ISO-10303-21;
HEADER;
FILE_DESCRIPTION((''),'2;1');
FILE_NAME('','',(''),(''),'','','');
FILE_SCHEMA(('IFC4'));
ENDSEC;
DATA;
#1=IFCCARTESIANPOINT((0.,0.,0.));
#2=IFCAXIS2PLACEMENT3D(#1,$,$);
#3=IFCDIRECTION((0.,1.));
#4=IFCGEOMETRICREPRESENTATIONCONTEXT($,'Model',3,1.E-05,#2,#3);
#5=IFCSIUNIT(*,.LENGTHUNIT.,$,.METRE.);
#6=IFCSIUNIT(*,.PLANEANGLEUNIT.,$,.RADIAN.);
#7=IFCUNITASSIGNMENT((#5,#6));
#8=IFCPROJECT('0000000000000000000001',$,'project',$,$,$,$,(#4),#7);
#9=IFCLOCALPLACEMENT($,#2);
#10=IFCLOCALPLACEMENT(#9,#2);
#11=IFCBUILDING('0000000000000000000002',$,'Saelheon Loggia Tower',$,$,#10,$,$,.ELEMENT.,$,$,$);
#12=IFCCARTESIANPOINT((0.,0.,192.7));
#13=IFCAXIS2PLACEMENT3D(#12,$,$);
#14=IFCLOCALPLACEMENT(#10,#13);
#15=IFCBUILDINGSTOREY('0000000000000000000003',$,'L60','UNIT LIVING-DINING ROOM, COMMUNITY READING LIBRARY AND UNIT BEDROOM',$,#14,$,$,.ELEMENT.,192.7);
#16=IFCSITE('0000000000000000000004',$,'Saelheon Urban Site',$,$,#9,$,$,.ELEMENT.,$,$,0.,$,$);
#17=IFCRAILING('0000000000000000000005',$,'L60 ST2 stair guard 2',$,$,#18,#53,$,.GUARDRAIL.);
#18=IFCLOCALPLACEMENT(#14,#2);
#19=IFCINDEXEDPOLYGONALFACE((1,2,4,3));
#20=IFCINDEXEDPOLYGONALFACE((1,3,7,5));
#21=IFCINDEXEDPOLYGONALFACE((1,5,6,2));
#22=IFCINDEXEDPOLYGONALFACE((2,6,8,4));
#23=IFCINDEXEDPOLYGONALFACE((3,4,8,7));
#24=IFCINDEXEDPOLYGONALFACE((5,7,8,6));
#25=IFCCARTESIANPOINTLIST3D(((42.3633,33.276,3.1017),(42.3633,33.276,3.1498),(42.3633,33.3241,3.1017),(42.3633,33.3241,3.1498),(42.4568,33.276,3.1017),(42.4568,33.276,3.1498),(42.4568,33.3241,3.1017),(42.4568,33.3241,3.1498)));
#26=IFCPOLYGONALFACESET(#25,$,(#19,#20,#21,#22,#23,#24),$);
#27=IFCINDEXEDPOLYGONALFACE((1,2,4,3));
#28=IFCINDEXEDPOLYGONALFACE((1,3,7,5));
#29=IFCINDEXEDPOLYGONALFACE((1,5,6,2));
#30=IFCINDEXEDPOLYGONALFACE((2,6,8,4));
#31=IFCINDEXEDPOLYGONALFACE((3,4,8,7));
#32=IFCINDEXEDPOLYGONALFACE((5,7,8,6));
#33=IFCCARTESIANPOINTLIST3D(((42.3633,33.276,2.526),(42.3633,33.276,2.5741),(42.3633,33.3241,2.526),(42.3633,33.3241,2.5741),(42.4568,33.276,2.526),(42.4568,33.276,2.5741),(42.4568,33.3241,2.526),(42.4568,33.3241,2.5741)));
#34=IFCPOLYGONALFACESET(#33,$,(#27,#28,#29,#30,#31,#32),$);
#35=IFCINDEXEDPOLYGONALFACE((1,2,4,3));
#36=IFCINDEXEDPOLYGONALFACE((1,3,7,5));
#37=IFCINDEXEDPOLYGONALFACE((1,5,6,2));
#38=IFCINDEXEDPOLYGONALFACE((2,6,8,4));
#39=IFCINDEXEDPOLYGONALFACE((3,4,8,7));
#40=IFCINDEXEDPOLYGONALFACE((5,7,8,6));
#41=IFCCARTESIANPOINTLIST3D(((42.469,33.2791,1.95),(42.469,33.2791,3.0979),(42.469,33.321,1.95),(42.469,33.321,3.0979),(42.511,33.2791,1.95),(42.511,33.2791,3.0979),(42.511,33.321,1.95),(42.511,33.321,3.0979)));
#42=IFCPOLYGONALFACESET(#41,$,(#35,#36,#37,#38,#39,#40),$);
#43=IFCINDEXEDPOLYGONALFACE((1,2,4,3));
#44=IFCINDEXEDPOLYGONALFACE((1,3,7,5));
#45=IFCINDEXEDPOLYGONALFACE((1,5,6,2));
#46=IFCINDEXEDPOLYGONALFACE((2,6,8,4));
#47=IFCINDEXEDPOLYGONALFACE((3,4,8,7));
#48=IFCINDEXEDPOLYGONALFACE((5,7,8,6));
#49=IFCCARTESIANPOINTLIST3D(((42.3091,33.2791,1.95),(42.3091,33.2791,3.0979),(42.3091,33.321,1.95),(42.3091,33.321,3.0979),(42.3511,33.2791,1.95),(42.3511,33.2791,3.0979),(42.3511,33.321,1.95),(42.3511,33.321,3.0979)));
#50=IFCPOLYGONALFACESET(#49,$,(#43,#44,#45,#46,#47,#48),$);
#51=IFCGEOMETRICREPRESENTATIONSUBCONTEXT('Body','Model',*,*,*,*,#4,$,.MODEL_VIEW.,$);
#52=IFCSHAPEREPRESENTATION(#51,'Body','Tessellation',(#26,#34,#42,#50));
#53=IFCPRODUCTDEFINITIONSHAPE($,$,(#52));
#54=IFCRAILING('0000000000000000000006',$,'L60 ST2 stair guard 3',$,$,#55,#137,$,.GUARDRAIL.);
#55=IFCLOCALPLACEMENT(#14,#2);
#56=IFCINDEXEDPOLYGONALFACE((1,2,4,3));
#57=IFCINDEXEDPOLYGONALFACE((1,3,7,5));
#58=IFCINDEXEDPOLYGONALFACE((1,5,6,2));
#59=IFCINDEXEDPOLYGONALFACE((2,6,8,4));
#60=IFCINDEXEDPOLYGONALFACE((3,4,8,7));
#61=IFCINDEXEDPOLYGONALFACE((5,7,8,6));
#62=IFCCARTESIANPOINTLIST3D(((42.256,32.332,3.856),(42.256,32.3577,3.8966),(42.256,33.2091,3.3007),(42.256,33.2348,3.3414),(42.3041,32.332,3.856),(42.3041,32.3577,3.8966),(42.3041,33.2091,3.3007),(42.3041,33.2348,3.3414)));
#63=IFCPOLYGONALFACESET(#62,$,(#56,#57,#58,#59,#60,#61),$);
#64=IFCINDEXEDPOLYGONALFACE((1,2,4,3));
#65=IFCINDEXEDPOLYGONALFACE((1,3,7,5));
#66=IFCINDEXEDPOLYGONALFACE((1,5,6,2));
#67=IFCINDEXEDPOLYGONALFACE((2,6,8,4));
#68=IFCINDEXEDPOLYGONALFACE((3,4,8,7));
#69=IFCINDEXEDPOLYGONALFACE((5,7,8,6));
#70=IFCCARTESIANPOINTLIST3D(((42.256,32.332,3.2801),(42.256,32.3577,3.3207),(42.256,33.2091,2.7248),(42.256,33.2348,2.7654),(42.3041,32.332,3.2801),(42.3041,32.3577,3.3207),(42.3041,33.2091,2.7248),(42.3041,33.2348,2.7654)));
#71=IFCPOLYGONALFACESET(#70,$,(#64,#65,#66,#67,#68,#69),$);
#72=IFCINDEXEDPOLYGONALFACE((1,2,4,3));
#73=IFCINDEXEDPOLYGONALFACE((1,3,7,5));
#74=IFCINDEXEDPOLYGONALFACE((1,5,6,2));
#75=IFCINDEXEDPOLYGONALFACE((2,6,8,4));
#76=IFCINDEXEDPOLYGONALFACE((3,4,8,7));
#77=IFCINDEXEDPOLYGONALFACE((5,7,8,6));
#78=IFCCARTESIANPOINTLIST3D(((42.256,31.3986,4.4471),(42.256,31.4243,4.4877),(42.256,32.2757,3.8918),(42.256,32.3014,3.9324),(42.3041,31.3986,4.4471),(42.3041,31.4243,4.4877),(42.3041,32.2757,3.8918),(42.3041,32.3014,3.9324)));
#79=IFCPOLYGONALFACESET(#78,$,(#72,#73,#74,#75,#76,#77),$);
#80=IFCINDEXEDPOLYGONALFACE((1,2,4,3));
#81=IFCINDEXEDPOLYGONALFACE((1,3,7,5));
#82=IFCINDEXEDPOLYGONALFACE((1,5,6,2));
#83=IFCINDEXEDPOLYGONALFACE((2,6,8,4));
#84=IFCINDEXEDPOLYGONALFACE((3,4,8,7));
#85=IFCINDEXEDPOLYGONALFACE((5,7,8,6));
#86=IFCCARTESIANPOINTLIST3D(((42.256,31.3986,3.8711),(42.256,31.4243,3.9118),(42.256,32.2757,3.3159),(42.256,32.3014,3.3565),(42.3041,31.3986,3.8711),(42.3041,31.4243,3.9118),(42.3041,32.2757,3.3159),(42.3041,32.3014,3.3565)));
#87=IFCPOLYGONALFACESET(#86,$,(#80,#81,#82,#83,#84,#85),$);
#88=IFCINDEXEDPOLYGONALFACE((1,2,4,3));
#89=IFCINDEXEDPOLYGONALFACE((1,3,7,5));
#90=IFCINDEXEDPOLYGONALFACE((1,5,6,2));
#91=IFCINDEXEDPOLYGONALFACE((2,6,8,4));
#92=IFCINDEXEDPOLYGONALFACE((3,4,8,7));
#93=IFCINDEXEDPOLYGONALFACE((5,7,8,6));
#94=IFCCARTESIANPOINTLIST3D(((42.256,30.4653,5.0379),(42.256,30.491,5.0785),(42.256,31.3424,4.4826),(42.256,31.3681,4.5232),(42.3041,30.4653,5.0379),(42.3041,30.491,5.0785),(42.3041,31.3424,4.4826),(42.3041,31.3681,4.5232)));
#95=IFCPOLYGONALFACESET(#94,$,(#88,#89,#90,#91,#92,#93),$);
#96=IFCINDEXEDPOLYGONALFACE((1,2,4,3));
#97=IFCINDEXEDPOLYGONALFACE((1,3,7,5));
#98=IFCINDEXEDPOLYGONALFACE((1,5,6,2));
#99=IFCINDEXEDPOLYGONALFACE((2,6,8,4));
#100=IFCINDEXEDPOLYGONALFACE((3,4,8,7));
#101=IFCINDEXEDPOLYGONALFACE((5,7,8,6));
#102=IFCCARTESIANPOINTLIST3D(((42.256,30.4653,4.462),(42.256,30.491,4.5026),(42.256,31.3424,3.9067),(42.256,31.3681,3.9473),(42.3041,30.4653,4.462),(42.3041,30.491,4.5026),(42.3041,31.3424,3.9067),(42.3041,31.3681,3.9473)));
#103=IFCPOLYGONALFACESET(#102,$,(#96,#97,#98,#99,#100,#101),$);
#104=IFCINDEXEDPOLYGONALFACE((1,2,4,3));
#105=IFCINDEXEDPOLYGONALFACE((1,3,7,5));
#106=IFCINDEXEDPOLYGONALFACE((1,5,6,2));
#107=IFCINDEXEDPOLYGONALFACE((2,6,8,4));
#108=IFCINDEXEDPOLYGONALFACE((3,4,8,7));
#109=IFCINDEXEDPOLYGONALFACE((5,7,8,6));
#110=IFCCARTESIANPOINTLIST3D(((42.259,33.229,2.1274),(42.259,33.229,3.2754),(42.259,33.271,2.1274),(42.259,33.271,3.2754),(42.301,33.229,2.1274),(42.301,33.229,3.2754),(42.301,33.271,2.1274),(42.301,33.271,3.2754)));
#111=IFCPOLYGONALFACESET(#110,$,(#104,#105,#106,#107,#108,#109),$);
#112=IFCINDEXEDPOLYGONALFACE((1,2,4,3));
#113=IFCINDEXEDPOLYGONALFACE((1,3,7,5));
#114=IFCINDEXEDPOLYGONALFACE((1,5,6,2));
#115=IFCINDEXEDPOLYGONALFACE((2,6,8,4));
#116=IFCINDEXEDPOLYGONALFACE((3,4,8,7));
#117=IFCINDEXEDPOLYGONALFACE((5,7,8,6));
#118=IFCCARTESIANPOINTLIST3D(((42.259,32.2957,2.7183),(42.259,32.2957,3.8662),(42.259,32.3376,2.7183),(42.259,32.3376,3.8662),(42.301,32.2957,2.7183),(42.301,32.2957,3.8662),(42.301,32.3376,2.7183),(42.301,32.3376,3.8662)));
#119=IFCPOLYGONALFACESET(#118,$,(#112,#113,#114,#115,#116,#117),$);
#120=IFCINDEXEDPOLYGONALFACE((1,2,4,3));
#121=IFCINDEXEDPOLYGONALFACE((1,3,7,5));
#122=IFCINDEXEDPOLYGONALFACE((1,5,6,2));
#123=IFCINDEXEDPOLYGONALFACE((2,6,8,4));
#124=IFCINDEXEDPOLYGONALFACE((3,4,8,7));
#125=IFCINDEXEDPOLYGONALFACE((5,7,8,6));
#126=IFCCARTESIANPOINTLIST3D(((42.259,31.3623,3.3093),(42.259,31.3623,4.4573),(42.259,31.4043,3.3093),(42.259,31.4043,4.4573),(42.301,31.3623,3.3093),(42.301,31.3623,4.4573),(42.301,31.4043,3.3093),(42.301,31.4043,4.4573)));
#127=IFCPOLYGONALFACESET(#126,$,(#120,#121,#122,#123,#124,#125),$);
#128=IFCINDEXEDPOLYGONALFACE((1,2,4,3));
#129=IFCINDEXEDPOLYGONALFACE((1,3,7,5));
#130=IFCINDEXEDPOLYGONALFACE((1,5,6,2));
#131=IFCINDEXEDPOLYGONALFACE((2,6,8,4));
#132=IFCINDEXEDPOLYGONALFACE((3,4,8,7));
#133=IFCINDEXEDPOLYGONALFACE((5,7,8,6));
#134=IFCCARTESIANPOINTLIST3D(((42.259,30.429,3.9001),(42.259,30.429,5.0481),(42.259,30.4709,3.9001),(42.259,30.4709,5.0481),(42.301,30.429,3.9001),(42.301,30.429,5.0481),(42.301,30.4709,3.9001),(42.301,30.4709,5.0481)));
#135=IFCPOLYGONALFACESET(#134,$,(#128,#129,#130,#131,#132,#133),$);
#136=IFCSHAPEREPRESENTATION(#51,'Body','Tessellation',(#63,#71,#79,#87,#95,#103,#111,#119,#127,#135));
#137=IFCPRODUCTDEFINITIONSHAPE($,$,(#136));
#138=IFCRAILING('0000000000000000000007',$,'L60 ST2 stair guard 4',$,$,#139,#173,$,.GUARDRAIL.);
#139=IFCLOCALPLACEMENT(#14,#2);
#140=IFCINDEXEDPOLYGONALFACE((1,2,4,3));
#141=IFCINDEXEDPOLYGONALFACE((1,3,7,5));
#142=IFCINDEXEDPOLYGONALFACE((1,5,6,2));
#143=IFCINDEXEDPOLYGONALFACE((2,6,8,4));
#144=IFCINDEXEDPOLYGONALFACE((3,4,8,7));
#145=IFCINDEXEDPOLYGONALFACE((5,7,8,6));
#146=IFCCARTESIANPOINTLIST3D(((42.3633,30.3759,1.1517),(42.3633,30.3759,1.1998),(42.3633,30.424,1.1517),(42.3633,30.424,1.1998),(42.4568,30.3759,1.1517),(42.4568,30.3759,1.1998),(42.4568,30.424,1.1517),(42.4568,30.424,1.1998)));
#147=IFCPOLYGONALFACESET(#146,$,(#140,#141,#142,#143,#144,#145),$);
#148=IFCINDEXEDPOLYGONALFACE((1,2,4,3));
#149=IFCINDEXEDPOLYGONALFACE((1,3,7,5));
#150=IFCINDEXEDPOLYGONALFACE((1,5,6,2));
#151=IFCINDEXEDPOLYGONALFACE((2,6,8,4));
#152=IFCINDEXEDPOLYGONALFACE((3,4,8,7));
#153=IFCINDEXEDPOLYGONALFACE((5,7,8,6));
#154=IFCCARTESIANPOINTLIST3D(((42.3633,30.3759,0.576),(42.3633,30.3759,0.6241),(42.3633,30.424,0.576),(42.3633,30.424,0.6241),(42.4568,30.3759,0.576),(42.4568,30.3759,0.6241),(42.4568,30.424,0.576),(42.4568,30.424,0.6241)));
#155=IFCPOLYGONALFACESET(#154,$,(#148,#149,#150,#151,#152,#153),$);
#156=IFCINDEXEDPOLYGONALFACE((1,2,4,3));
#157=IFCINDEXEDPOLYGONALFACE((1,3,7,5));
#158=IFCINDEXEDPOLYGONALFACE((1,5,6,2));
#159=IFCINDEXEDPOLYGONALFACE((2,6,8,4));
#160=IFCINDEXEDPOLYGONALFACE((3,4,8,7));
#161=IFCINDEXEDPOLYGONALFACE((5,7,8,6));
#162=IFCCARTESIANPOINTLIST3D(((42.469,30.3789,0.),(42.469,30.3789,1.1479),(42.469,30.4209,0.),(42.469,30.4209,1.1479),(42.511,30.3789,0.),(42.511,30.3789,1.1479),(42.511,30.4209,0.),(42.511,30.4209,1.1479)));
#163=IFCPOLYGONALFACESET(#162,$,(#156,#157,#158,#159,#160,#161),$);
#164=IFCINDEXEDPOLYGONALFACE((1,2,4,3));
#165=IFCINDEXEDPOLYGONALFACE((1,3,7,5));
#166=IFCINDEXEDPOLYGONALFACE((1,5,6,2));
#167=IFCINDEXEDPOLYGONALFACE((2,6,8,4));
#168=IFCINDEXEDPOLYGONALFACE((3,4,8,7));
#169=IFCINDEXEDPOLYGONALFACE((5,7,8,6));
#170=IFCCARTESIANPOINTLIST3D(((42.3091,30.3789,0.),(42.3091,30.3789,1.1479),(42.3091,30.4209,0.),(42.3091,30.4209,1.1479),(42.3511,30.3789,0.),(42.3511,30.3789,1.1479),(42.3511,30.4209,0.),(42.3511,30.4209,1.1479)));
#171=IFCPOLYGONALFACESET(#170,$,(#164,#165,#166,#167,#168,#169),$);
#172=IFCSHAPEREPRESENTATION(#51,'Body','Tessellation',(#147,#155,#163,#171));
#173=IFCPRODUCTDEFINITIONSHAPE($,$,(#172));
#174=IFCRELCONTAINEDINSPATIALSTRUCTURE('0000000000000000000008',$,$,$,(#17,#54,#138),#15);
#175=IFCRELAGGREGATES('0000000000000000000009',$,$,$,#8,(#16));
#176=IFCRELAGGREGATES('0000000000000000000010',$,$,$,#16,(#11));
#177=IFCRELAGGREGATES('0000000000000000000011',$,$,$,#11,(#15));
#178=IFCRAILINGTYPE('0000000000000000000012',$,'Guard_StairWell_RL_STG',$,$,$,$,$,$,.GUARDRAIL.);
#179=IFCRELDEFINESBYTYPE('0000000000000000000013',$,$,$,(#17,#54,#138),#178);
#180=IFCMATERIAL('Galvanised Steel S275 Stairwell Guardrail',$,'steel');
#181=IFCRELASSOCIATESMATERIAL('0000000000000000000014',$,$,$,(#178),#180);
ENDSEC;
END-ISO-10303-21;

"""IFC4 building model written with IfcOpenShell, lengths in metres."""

from ifc_helpers import new_model, si_unit, direction, frame, origin, origin_2d, place, context, subcontext, project, spatial, rectangle, extrude, material, type_object, element, save


model = new_model("IFC4")

# Units and contexts
model_context = context("Model", 3, precision=1e-05, world=origin(), true_north=direction((0.0, 1.0)))
body_context = subcontext(model_context, "Body", "Model", "MODEL_VIEW")
ifc_project = project(units=[si_unit("LENGTHUNIT", "METRE"), si_unit("PLANEANGLEUNIT", "RADIAN")], contexts=[model_context])

# Site, building, storey
site_placement = place(None, origin())
site = spatial("IfcSite", under=ifc_project, at=site_placement, Name="Saelheon Urban Site", CompositionType="ELEMENT", RefElevation=0.0)
building_placement = place(site_placement, origin())
building = spatial("IfcBuilding", under=site, at=building_placement, Name="Saelheon Loggia Tower", CompositionType="ELEMENT")
storey_placement = place(building_placement, frame((0.0, 0.0, 192.7)))
storey = spatial("IfcBuildingStorey", under=building, at=storey_placement, Name="L60", Description="UNIT LIVING-DINING ROOM, COMMUNITY READING LIBRARY AND UNIT BEDROOM", CompositionType="ELEMENT", Elevation=192.7)

# Railings
ifc_material_1 = material(Name="Galvanised Steel S275 Stairwell Guardrail", Category="steel")
railing_type_1 = type_object("IfcRailingType", Name="Guard_StairWell_RL_STG", PredefinedType="GUARDRAIL", material=ifc_material_1)
railing_1_placement = place(storey_placement, frame((42.49, 33.3, 1.95)))
element("IfcRailing", 1, at=railing_1_placement, inside=storey, type_object=railing_type_1, Name="L60 ST2 stair guard 2", PredefinedType="GUARDRAIL", context=body_context, shape_type="SweptSolid", body=[
    extrude(rectangle(XDim=0.0481, YDim=0.0481, at=origin_2d()), frame((-0.0332, 0.0, 1.1758), z_axis=(-1.0, 0.0, 0.0), x_axis=(0.0, -1.0, 0.0)), (0.0, 0.0, 1.0), 0.0935),
    extrude(rectangle(XDim=0.0481, YDim=0.0481, at=origin_2d()), frame((-0.0332, 0.0, 0.6001), z_axis=(-1.0, 0.0, 0.0), x_axis=(0.0, -1.0, 0.0)), (0.0, 0.0, 1.0), 0.0935),
    extrude(rectangle(XDim=0.042, YDim=0.042, at=origin_2d()), origin(), (0.0, 0.0, 1.0), 1.1479),
    extrude(rectangle(XDim=0.042, YDim=0.042, at=origin_2d()), frame((-0.1599, 0.0, 0.0)), (0.0, 0.0, 1.0), 1.1479),
])
railing_2_placement = place(storey_placement, frame((42.28, 33.25, 2.1274)))
element("IfcRailing", 2, at=railing_2_placement, inside=storey, type_object=railing_type_1, Name="L60 ST2 stair guard 3", PredefinedType="GUARDRAIL", context=body_context, shape_type="SweptSolid", body=[
    extrude(rectangle(XDim=0.0481, YDim=0.0481, at=origin_2d()), frame((0.0, -0.0281, 1.1936), z_axis=(0.0, -0.844909, 0.53491), x_axis=(1.0, 0.0, 0.0)), (0.0, 0.0, 1.0), 1.0381),
    extrude(rectangle(XDim=0.0481, YDim=0.0481, at=origin_2d()), frame((0.0, -0.0281, 0.6177), z_axis=(0.0, -0.844909, 0.53491), x_axis=(1.0, 0.0, 0.0)), (0.0, 0.0, 1.0), 1.0381),
    extrude(rectangle(XDim=0.0481, YDim=0.0481, at=origin_2d()), frame((0.0, -0.9614, 1.7847), z_axis=(0.0, -0.844909, 0.53491), x_axis=(1.0, 0.0, 0.0)), (0.0, 0.0, 1.0), 1.0381),
    extrude(rectangle(XDim=0.0481, YDim=0.0481, at=origin_2d()), frame((0.0, -0.9614, 1.2087), z_axis=(0.0, -0.844909, 0.53491), x_axis=(1.0, 0.0, 0.0)), (0.0, 0.0, 1.0), 1.0381),
    extrude(rectangle(XDim=0.0481, YDim=0.0481, at=origin_2d()), frame((0.0, -1.8948, 2.3755), z_axis=(0.0, -0.844909, 0.53491), x_axis=(1.0, 0.0, 0.0)), (0.0, 0.0, 1.0), 1.0381),
    extrude(rectangle(XDim=0.0481, YDim=0.0481, at=origin_2d()), frame((0.0, -1.8948, 1.7996), z_axis=(0.0, -0.844909, 0.53491), x_axis=(1.0, 0.0, 0.0)), (0.0, 0.0, 1.0), 1.0381),
    extrude(rectangle(XDim=0.042, YDim=0.042, at=origin_2d()), origin(), (0.0, 0.0, 1.0), 1.1479),
    extrude(rectangle(XDim=0.042, YDim=0.042, at=origin_2d()), frame((0.0, -0.9333, 0.5908)), (0.0, 0.0, 1.0), 1.1479),
    extrude(rectangle(XDim=0.042, YDim=0.042, at=origin_2d()), frame((0.0, -1.8667, 1.1819)), (0.0, 0.0, 1.0), 1.1479),
    extrude(rectangle(XDim=0.042, YDim=0.042, at=origin_2d()), frame((0.0, -2.8, 1.7727)), (0.0, 0.0, 1.0), 1.1479),
])
railing_3_placement = place(storey_placement, frame((42.49, 30.3999, 0.0)))
element("IfcRailing", 3, at=railing_3_placement, inside=storey, type_object=railing_type_1, Name="L60 ST2 stair guard 4", PredefinedType="GUARDRAIL", context=body_context, shape_type="SweptSolid", body=[
    extrude(rectangle(XDim=0.0481, YDim=0.0481, at=origin_2d()), frame((-0.0332, 0.0, 1.1758), z_axis=(-1.0, 0.0, 0.0), x_axis=(0.0, -1.0, 0.0)), (0.0, 0.0, 1.0), 0.0935),
    extrude(rectangle(XDim=0.0481, YDim=0.0481, at=origin_2d()), frame((-0.0332, 0.0, 0.6001), z_axis=(-1.0, 0.0, 0.0), x_axis=(0.0, -1.0, 0.0)), (0.0, 0.0, 1.0), 0.0935),
    extrude(rectangle(XDim=0.042, YDim=0.042, at=origin_2d()), origin(), (0.0, 0.0, 1.0), 1.1479),
    extrude(rectangle(XDim=0.042, YDim=0.042, at=origin_2d()), frame((-0.1599, 0.0, 0.0)), (0.0, 0.0, 1.0), 1.1479),
])

save(model, "model.ifc")
